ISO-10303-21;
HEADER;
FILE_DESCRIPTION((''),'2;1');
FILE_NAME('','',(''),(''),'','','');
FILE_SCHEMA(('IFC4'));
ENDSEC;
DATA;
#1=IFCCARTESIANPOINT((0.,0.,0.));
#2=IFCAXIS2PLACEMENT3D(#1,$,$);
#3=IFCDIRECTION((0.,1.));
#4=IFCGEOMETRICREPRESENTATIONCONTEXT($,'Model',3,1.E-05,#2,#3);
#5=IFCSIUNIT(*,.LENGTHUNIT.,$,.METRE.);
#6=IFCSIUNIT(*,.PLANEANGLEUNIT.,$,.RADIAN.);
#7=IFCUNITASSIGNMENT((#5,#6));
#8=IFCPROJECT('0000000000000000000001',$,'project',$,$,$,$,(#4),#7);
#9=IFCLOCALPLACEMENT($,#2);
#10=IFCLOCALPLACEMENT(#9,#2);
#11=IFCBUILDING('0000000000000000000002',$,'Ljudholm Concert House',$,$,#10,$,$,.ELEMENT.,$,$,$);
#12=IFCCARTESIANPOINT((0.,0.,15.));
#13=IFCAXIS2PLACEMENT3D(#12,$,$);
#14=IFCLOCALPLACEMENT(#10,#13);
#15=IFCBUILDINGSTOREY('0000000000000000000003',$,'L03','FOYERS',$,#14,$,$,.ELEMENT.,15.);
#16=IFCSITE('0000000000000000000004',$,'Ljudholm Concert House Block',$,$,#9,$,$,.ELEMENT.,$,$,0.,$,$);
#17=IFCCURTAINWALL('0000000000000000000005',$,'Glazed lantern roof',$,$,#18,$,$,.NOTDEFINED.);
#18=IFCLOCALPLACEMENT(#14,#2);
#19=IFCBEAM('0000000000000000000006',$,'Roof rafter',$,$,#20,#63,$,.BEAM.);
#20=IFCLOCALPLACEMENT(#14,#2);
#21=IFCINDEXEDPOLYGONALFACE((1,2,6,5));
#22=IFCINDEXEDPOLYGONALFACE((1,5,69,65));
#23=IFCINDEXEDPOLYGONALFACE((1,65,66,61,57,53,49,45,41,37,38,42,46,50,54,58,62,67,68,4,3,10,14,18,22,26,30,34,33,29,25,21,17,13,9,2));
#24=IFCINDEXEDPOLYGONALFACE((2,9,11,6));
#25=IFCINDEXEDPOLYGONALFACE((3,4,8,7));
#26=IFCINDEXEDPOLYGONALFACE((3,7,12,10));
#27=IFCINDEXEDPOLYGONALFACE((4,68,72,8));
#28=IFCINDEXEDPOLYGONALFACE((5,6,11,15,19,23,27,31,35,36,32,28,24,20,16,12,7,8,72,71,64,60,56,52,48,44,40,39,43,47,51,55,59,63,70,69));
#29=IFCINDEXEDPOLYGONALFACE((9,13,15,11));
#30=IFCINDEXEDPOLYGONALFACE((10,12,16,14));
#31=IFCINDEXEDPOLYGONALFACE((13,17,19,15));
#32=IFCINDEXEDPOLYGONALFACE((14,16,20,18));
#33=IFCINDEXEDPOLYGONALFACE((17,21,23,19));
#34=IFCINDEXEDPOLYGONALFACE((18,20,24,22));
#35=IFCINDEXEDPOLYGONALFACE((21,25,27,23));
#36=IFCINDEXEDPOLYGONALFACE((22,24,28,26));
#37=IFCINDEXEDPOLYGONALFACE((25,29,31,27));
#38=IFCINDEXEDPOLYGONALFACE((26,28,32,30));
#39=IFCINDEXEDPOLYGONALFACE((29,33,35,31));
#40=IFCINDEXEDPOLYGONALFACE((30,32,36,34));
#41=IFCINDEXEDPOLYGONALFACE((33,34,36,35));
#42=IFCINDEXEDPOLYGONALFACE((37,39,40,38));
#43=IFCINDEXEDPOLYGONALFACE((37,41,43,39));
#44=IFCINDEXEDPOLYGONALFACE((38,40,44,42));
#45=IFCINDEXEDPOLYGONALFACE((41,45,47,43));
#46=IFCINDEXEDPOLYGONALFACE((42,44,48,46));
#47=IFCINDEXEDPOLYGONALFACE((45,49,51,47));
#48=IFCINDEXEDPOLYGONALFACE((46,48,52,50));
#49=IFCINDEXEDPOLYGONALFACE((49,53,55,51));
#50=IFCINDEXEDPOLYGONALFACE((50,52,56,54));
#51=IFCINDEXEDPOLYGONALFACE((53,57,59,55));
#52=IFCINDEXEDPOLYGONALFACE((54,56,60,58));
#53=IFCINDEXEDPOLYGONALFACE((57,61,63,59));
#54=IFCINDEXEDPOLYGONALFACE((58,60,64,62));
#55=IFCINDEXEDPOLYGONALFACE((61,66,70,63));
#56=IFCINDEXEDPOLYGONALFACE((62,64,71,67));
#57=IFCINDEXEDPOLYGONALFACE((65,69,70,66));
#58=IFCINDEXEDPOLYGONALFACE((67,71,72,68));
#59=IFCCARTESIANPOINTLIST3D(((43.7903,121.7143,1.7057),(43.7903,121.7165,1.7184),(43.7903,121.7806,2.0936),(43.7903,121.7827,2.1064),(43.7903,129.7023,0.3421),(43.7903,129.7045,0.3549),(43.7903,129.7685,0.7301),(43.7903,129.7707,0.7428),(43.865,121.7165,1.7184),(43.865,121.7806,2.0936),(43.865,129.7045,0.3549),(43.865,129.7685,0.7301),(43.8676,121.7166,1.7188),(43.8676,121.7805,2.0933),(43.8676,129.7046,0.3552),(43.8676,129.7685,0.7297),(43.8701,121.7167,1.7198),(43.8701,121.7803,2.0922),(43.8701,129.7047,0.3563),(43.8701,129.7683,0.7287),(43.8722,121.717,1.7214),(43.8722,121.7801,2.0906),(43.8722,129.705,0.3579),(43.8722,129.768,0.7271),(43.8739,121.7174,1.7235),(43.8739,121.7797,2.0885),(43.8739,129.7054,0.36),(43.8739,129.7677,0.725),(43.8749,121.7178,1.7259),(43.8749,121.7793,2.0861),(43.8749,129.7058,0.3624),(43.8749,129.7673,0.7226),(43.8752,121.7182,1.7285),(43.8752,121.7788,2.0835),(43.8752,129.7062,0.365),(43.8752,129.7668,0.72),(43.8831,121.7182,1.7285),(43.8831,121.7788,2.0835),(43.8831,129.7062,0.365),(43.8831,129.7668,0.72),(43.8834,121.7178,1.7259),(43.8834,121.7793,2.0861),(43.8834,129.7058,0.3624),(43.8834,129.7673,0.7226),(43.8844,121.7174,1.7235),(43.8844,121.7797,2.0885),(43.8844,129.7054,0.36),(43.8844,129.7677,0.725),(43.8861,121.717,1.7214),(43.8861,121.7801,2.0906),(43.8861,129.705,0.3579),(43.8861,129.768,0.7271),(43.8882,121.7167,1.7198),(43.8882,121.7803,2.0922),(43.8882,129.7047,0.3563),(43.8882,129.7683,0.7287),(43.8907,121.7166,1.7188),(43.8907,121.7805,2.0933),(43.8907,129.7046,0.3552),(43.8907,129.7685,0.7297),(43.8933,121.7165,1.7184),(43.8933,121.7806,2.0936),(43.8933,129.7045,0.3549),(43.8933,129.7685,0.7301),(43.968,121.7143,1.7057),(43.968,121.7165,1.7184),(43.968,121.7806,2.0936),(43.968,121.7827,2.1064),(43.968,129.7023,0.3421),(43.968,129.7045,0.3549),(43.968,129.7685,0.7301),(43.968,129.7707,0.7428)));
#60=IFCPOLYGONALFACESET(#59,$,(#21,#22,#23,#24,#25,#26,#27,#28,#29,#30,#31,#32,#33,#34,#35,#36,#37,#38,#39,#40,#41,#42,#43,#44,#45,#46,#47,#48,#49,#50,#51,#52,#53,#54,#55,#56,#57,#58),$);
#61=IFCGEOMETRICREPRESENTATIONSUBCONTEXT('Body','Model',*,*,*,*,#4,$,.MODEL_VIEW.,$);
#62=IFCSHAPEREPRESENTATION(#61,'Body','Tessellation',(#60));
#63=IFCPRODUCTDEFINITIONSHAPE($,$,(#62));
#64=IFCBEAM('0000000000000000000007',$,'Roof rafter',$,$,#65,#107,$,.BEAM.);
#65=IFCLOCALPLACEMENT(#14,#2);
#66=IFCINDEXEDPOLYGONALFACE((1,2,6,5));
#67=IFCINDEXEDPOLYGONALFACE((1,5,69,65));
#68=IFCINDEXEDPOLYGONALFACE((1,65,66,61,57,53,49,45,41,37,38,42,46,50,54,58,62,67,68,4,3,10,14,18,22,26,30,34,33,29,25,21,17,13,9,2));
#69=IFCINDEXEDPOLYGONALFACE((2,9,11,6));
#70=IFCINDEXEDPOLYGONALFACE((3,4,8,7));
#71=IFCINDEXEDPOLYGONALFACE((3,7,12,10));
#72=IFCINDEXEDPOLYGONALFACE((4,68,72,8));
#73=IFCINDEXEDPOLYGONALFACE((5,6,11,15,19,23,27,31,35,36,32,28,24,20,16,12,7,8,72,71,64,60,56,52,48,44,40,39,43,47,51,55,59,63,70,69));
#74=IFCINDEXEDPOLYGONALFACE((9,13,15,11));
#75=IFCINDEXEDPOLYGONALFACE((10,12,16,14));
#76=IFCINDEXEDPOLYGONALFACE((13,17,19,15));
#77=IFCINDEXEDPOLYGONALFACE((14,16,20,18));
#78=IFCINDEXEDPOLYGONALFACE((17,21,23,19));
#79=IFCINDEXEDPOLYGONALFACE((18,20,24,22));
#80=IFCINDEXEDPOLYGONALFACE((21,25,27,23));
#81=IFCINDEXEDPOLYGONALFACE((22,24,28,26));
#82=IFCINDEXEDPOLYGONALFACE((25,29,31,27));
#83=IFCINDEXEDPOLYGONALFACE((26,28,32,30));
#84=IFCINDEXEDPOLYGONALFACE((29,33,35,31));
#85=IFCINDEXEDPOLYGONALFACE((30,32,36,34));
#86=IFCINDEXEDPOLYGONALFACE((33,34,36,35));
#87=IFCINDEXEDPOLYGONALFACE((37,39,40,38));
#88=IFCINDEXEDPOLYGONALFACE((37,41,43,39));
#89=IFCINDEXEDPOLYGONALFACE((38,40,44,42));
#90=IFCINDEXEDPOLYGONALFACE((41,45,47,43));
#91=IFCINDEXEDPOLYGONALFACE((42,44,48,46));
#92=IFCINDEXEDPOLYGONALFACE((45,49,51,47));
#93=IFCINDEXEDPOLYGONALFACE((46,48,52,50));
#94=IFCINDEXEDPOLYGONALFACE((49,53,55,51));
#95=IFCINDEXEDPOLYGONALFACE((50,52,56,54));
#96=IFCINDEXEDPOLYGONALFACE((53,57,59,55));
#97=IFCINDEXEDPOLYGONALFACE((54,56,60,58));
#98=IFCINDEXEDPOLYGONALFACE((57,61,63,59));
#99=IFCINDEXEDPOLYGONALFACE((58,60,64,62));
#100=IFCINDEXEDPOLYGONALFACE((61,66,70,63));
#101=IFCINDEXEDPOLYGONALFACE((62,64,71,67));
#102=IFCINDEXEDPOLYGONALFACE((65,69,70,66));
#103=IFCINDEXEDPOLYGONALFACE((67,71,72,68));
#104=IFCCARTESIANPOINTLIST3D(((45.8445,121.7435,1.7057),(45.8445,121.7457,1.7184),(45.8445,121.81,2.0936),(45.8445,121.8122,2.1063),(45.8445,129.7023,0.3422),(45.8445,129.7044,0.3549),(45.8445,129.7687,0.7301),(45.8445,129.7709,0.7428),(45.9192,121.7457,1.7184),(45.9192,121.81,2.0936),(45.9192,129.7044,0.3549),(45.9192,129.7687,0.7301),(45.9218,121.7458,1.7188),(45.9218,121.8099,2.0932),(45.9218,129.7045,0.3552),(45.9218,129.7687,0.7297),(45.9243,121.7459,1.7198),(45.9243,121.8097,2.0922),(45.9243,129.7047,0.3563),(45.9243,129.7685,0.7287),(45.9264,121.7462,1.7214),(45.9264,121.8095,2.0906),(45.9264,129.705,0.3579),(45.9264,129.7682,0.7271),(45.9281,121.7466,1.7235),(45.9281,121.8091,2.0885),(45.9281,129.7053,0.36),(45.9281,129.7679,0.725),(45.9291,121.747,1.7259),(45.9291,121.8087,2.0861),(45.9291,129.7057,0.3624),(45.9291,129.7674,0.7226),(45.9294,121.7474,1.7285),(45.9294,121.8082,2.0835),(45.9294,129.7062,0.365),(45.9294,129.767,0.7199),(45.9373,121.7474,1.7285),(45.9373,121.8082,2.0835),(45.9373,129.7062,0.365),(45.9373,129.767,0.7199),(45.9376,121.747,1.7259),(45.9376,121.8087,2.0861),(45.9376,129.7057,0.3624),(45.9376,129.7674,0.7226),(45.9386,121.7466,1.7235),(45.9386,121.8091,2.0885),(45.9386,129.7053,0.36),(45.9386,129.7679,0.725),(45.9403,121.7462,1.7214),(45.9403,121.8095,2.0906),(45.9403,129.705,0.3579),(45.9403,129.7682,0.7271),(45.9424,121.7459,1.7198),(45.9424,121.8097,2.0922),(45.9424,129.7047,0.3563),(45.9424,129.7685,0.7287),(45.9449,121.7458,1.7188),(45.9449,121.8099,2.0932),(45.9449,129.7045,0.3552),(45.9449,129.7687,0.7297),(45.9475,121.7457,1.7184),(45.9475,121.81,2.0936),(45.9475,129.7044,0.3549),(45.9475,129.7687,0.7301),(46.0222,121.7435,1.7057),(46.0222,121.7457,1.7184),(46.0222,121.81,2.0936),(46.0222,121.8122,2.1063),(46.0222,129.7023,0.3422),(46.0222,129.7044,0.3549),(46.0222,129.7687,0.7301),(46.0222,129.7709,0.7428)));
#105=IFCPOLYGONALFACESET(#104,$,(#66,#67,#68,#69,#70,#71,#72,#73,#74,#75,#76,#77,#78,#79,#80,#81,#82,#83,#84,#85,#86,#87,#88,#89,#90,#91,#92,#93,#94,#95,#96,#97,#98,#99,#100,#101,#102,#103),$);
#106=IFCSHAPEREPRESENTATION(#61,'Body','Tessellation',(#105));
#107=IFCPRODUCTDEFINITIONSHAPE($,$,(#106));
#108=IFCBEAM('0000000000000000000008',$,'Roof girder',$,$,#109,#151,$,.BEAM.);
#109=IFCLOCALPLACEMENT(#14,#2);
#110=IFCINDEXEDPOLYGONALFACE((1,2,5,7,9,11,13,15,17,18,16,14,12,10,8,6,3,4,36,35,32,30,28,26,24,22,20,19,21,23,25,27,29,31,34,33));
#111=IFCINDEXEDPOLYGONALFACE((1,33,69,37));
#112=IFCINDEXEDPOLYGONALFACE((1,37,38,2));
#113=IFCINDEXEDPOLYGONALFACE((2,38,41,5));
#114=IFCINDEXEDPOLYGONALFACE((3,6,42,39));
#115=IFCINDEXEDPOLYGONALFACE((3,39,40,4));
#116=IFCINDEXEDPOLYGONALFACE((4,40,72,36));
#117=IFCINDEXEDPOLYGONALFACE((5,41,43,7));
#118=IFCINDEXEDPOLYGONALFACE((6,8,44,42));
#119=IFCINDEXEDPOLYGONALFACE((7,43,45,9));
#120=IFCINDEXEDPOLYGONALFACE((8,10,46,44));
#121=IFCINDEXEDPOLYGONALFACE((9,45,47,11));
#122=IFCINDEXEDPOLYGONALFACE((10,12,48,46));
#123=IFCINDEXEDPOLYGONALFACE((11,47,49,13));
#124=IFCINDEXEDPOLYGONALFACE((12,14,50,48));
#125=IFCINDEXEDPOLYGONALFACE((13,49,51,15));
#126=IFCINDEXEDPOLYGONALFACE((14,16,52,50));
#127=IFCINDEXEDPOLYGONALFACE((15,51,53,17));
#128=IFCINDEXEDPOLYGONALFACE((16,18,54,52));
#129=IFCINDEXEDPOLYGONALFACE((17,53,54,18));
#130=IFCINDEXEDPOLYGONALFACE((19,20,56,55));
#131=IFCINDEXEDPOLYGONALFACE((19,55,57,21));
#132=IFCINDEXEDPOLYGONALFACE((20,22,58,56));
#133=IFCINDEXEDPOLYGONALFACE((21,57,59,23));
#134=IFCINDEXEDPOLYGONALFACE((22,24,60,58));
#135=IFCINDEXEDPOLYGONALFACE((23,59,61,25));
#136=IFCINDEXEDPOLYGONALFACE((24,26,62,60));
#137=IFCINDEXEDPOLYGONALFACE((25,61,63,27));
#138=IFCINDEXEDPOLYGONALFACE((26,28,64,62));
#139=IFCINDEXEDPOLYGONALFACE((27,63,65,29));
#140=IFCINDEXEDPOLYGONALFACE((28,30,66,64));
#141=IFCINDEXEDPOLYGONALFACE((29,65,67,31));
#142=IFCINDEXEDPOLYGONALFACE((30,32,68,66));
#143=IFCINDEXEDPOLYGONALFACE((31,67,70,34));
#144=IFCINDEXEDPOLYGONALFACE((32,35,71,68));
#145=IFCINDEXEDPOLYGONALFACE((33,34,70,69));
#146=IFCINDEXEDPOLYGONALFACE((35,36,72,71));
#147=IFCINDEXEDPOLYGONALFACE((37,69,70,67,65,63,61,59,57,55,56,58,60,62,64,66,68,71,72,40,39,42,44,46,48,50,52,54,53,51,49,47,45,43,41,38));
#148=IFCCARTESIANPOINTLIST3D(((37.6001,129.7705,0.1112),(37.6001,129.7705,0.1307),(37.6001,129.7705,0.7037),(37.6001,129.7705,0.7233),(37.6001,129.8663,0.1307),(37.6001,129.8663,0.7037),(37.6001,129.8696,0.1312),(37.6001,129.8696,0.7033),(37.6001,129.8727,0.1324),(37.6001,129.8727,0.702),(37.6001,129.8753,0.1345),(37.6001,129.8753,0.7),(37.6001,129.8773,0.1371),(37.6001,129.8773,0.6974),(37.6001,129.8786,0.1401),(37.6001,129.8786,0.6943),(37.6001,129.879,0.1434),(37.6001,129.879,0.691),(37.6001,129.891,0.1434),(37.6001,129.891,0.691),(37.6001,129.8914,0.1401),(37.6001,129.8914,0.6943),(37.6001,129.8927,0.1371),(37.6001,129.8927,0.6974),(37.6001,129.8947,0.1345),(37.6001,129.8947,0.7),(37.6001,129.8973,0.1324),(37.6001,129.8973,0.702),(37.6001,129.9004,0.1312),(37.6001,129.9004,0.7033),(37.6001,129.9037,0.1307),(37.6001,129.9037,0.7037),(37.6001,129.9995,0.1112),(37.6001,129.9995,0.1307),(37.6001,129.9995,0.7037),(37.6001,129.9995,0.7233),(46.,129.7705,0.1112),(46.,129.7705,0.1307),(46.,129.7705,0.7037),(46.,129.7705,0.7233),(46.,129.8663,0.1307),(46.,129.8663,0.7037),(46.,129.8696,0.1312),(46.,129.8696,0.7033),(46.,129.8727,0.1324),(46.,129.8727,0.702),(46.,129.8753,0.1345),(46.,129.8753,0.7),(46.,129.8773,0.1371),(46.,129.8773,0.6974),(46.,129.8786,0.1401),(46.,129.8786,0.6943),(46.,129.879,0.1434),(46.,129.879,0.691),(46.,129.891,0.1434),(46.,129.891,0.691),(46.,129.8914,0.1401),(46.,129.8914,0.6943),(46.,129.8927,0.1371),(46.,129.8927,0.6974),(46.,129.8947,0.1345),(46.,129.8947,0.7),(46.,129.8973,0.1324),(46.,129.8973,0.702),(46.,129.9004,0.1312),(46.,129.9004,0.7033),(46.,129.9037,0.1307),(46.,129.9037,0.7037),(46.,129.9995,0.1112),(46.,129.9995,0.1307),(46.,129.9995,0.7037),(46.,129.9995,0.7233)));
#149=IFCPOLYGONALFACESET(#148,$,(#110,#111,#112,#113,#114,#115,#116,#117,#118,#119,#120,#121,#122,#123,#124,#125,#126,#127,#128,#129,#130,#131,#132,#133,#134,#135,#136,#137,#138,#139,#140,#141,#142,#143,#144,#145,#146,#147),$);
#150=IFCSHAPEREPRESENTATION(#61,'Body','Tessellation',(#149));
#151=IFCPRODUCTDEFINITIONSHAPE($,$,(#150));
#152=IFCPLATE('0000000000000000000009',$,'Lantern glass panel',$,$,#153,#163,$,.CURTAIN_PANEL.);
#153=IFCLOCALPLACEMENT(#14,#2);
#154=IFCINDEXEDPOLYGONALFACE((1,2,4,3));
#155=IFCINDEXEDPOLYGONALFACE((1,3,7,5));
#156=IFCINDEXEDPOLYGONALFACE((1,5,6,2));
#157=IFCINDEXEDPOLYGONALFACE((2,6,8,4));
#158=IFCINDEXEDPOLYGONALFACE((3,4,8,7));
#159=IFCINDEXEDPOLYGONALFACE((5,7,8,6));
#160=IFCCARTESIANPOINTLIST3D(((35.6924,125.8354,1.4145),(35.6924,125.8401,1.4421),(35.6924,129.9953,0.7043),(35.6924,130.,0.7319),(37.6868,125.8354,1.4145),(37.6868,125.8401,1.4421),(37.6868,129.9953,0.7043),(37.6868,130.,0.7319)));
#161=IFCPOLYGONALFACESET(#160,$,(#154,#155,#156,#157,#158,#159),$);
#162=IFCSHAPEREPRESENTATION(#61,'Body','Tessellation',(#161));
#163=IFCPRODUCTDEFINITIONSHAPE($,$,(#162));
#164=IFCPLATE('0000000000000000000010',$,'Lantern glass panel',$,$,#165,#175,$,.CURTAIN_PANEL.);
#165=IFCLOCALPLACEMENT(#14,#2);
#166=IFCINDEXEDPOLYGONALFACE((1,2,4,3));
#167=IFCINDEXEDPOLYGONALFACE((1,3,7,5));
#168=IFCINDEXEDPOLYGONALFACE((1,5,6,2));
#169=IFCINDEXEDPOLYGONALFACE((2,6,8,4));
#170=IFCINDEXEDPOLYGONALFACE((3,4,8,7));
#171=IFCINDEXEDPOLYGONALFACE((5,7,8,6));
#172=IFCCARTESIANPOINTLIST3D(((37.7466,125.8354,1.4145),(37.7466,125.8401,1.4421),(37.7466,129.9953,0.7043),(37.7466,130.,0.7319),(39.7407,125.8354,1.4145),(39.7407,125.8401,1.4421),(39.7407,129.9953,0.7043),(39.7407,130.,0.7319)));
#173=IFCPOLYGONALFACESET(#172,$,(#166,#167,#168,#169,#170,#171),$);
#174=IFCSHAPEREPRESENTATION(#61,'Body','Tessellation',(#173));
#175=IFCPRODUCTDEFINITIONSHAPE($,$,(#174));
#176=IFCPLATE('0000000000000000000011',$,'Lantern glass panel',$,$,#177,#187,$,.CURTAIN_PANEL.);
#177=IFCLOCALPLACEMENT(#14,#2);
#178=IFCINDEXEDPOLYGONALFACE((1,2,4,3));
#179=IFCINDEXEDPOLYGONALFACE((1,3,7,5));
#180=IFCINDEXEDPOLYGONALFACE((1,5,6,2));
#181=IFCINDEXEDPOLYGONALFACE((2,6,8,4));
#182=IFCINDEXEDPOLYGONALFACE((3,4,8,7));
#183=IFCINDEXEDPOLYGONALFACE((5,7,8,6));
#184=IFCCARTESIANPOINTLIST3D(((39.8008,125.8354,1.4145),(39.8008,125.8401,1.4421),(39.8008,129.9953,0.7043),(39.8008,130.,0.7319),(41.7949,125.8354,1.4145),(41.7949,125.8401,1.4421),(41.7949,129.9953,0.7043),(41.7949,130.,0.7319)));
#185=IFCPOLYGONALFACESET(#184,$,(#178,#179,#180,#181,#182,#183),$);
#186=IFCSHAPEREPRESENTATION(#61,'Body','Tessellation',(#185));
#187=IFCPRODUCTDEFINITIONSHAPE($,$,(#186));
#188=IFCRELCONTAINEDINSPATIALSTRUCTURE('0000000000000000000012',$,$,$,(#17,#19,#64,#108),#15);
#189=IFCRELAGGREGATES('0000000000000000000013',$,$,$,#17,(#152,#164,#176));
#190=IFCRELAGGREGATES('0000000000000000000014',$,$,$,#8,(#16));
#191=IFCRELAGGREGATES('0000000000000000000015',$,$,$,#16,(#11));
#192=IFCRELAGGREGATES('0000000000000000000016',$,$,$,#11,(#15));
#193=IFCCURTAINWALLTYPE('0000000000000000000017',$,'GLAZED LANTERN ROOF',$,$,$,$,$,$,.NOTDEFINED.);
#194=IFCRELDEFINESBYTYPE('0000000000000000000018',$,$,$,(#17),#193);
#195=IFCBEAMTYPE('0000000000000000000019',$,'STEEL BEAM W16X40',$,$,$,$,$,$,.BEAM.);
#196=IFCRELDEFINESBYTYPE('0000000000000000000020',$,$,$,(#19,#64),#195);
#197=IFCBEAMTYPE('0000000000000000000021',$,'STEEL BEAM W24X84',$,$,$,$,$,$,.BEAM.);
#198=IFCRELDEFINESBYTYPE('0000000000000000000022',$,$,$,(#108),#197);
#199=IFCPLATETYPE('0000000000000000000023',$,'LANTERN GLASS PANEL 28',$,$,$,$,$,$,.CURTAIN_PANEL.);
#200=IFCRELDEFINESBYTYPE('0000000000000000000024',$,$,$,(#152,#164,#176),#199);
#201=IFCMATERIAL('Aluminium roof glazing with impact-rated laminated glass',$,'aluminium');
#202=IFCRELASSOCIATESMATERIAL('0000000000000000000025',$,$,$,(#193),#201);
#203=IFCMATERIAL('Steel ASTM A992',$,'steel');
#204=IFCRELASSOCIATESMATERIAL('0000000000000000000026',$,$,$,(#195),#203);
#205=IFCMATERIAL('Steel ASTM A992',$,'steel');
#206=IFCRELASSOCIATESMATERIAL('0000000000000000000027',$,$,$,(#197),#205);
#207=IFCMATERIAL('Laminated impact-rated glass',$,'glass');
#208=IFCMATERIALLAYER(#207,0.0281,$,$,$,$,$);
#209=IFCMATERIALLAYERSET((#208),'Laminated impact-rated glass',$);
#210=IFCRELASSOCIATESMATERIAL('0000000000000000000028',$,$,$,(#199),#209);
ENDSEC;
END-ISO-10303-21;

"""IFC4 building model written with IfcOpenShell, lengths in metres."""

from ifc_helpers import new_model, si_unit, direction, frame, origin, origin_2d, place, context, subcontext, project, spatial, polyline, i_section, outline, extrude, material, layer, layer_set, material_profile, profile_set, type_object, element, aggregate, save


model = new_model("IFC4")

# Units and contexts
model_context = context("Model", 3, precision=1e-05, world=origin(), true_north=direction((0.0, 1.0)))
body_context = subcontext(model_context, "Body", "Model", "MODEL_VIEW")
ifc_project = project(units=[si_unit("LENGTHUNIT", "METRE"), si_unit("PLANEANGLEUNIT", "RADIAN")], contexts=[model_context])

# Site, building, storey
site_placement = place(None, origin())
site = spatial("IfcSite", under=ifc_project, at=site_placement, Name="Ljudholm Concert House Block", CompositionType="ELEMENT", RefElevation=0.0)
building_placement = place(site_placement, origin())
building = spatial("IfcBuilding", under=site, at=building_placement, Name="Ljudholm Concert House", CompositionType="ELEMENT")
storey_placement = place(building_placement, frame((0.0, 0.0, 15.0)))
storey = spatial("IfcBuildingStorey", under=building, at=storey_placement, Name="L03", Description="FOYERS", CompositionType="ELEMENT", Elevation=15.0)

# Curtain wall
ifc_material_1 = material(Name="Aluminium roof glazing with impact-rated laminated glass", Category="aluminium")
curtain_wall_type = type_object("IfcCurtainWallType", Name="GLAZED LANTERN ROOF", PredefinedType="NOTDEFINED", material=ifc_material_1)
curtain_wall_placement = place(storey_placement, origin())
curtain_wall = element("IfcCurtainWall", 1, at=curtain_wall_placement, inside=storey, type_object=curtain_wall_type, Name="Glazed lantern roof", PredefinedType="NOTDEFINED")

# Beams
ifc_material_2 = material(Name="Steel ASTM A992", Category="steel")
ifc_material_profile_1 = material_profile(ifc_material_2, i_section(OverallWidth=0.1777, OverallDepth=0.4065, WebThickness=0.0078, FlangeThickness=0.0129, FilletRadius=0.0103, at=origin_2d()), Name="W16X40")
ifc_profile_set_1 = profile_set([ifc_material_profile_1], Name="Steel ASTM A992")
beam_type_1 = type_object("IfcBeamType", Name="STEEL BEAM W16X40", PredefinedType="BEAM", material=ifc_profile_set_1)
for number, where, z_axis, x_axis, name in (
    (2, (43.8792, 121.7485, 1.906), (0.0, 0.985742, -0.168262), (-1.0, 0.0, 0.0), "Roof rafter"),
):
    element("IfcBeam", number, at=place(storey_placement, frame(where, z_axis=z_axis, x_axis=x_axis)), inside=storey, type_object=beam_type_1, Name=name, PredefinedType="BEAM", context=body_context, shape_type="SweptSolid", body=[
        extrude(i_section(OverallWidth=0.1777, OverallDepth=0.4065, WebThickness=0.0078, FlangeThickness=0.0129, FilletRadius=0.0103, at=origin_2d()), origin(), (0.0, 0.0, 1.0), 8.1035),
    ])
beam_1_placement = place(storey_placement, frame((45.9333, 121.7778, 1.906), z_axis=(0.0, 0.985639, -0.168864), x_axis=(-1.0, 0.0, 0.0)))
element("IfcBeam", 3, at=beam_1_placement, inside=storey, type_object=beam_type_1, Name="Roof rafter", PredefinedType="BEAM", context=body_context, shape_type="SweptSolid", body=[
    extrude(i_section(OverallWidth=0.1777, OverallDepth=0.4065, WebThickness=0.0078, FlangeThickness=0.0129, FilletRadius=0.0103, at=origin_2d()), origin(), (0.0, 0.0, 1.0), 8.0747),
])
ifc_material_3 = material(Name="Steel ASTM A992", Category="steel")
ifc_material_profile_2 = material_profile(ifc_material_3, i_section(OverallWidth=0.229, OverallDepth=0.6121, WebThickness=0.012, FlangeThickness=0.0195, FilletRadius=0.0127, at=origin_2d()), Name="W24X84")
ifc_profile_set_2 = profile_set([ifc_material_profile_2], Name="Steel ASTM A992")
beam_type_2 = type_object("IfcBeamType", Name="STEEL BEAM W24X84", PredefinedType="BEAM", material=ifc_profile_set_2)
beam_2_placement = place(storey_placement, frame((37.6001, 129.885, 0.4172), z_axis=(1.0, 0.0, 0.0), x_axis=(0.0, 1.0, 0.0)))
element("IfcBeam", 4, at=beam_2_placement, inside=storey, type_object=beam_type_2, Name="Roof girder", PredefinedType="BEAM", context=body_context, shape_type="SweptSolid", body=[
    extrude(i_section(OverallWidth=0.229, OverallDepth=0.6121, WebThickness=0.012, FlangeThickness=0.0195, FilletRadius=0.0127, at=origin_2d()), origin(), (0.0, 0.0, 1.0), 8.3999),
])

# Plates
ifc_material_4 = material(Name="Laminated impact-rated glass", Category="glass")
ifc_layer = layer(ifc_material_4, 0.0281)
ifc_layer_set = layer_set([ifc_layer], Name="Laminated impact-rated glass")
plate_type = type_object("IfcPlateType", Name="LANTERN GLASS PANEL 28", PredefinedType="CURTAIN_PANEL", material=ifc_layer_set)
plate_1_placement = place(storey_placement, frame((35.6924, 125.8401, 1.4421), z_axis=(0.0, 0.168291, 0.985737), x_axis=(1.0, 0.0, 0.0)))
plate_1 = element("IfcPlate", 5, at=plate_1_placement, type_object=plate_type, Name="Lantern glass panel", PredefinedType="CURTAIN_PANEL", context=body_context, shape_type="SweptSolid", body=[
    extrude(outline(polyline([(0.0, 0.0), (1.9944, 0.0), (1.9944, 4.2201), (0.0, 4.2201), (0.0, 0.0)])), origin(), (0.0, 0.0, -1.0), 0.0281),
])
plate_2_placement = place(storey_placement, frame((37.7466, 125.8401, 1.4421), z_axis=(0.0, 0.168291, 0.985737), x_axis=(1.0, 0.0, 0.0)))
plate_2 = element("IfcPlate", 6, at=plate_2_placement, type_object=plate_type, Name="Lantern glass panel", PredefinedType="CURTAIN_PANEL", context=body_context, shape_type="SweptSolid", body=[
    extrude(outline(polyline([(0.0, 0.0), (1.9941, 0.0), (1.9941, 4.2201), (0.0, 4.2201), (0.0, 0.0)])), origin(), (0.0, 0.0, -1.0), 0.0281),
])
plate_3_placement = place(storey_placement, frame((39.8008, 125.8401, 1.4421), z_axis=(0.0, 0.168291, 0.985737), x_axis=(1.0, 0.0, 0.0)))
plate_3 = element("IfcPlate", 7, at=plate_3_placement, type_object=plate_type, Name="Lantern glass panel", PredefinedType="CURTAIN_PANEL", context=body_context, shape_type="SweptSolid", body=[
    extrude(outline(polyline([(0.0, 0.0), (1.9941, 0.0), (1.9941, 4.2201), (0.0, 4.2201), (0.0, 0.0)])), origin(), (0.0, 0.0, -1.0), 0.0281),
])
aggregate(curtain_wall, [plate_1, plate_2, plate_3])

save(model, "model.ifc")
